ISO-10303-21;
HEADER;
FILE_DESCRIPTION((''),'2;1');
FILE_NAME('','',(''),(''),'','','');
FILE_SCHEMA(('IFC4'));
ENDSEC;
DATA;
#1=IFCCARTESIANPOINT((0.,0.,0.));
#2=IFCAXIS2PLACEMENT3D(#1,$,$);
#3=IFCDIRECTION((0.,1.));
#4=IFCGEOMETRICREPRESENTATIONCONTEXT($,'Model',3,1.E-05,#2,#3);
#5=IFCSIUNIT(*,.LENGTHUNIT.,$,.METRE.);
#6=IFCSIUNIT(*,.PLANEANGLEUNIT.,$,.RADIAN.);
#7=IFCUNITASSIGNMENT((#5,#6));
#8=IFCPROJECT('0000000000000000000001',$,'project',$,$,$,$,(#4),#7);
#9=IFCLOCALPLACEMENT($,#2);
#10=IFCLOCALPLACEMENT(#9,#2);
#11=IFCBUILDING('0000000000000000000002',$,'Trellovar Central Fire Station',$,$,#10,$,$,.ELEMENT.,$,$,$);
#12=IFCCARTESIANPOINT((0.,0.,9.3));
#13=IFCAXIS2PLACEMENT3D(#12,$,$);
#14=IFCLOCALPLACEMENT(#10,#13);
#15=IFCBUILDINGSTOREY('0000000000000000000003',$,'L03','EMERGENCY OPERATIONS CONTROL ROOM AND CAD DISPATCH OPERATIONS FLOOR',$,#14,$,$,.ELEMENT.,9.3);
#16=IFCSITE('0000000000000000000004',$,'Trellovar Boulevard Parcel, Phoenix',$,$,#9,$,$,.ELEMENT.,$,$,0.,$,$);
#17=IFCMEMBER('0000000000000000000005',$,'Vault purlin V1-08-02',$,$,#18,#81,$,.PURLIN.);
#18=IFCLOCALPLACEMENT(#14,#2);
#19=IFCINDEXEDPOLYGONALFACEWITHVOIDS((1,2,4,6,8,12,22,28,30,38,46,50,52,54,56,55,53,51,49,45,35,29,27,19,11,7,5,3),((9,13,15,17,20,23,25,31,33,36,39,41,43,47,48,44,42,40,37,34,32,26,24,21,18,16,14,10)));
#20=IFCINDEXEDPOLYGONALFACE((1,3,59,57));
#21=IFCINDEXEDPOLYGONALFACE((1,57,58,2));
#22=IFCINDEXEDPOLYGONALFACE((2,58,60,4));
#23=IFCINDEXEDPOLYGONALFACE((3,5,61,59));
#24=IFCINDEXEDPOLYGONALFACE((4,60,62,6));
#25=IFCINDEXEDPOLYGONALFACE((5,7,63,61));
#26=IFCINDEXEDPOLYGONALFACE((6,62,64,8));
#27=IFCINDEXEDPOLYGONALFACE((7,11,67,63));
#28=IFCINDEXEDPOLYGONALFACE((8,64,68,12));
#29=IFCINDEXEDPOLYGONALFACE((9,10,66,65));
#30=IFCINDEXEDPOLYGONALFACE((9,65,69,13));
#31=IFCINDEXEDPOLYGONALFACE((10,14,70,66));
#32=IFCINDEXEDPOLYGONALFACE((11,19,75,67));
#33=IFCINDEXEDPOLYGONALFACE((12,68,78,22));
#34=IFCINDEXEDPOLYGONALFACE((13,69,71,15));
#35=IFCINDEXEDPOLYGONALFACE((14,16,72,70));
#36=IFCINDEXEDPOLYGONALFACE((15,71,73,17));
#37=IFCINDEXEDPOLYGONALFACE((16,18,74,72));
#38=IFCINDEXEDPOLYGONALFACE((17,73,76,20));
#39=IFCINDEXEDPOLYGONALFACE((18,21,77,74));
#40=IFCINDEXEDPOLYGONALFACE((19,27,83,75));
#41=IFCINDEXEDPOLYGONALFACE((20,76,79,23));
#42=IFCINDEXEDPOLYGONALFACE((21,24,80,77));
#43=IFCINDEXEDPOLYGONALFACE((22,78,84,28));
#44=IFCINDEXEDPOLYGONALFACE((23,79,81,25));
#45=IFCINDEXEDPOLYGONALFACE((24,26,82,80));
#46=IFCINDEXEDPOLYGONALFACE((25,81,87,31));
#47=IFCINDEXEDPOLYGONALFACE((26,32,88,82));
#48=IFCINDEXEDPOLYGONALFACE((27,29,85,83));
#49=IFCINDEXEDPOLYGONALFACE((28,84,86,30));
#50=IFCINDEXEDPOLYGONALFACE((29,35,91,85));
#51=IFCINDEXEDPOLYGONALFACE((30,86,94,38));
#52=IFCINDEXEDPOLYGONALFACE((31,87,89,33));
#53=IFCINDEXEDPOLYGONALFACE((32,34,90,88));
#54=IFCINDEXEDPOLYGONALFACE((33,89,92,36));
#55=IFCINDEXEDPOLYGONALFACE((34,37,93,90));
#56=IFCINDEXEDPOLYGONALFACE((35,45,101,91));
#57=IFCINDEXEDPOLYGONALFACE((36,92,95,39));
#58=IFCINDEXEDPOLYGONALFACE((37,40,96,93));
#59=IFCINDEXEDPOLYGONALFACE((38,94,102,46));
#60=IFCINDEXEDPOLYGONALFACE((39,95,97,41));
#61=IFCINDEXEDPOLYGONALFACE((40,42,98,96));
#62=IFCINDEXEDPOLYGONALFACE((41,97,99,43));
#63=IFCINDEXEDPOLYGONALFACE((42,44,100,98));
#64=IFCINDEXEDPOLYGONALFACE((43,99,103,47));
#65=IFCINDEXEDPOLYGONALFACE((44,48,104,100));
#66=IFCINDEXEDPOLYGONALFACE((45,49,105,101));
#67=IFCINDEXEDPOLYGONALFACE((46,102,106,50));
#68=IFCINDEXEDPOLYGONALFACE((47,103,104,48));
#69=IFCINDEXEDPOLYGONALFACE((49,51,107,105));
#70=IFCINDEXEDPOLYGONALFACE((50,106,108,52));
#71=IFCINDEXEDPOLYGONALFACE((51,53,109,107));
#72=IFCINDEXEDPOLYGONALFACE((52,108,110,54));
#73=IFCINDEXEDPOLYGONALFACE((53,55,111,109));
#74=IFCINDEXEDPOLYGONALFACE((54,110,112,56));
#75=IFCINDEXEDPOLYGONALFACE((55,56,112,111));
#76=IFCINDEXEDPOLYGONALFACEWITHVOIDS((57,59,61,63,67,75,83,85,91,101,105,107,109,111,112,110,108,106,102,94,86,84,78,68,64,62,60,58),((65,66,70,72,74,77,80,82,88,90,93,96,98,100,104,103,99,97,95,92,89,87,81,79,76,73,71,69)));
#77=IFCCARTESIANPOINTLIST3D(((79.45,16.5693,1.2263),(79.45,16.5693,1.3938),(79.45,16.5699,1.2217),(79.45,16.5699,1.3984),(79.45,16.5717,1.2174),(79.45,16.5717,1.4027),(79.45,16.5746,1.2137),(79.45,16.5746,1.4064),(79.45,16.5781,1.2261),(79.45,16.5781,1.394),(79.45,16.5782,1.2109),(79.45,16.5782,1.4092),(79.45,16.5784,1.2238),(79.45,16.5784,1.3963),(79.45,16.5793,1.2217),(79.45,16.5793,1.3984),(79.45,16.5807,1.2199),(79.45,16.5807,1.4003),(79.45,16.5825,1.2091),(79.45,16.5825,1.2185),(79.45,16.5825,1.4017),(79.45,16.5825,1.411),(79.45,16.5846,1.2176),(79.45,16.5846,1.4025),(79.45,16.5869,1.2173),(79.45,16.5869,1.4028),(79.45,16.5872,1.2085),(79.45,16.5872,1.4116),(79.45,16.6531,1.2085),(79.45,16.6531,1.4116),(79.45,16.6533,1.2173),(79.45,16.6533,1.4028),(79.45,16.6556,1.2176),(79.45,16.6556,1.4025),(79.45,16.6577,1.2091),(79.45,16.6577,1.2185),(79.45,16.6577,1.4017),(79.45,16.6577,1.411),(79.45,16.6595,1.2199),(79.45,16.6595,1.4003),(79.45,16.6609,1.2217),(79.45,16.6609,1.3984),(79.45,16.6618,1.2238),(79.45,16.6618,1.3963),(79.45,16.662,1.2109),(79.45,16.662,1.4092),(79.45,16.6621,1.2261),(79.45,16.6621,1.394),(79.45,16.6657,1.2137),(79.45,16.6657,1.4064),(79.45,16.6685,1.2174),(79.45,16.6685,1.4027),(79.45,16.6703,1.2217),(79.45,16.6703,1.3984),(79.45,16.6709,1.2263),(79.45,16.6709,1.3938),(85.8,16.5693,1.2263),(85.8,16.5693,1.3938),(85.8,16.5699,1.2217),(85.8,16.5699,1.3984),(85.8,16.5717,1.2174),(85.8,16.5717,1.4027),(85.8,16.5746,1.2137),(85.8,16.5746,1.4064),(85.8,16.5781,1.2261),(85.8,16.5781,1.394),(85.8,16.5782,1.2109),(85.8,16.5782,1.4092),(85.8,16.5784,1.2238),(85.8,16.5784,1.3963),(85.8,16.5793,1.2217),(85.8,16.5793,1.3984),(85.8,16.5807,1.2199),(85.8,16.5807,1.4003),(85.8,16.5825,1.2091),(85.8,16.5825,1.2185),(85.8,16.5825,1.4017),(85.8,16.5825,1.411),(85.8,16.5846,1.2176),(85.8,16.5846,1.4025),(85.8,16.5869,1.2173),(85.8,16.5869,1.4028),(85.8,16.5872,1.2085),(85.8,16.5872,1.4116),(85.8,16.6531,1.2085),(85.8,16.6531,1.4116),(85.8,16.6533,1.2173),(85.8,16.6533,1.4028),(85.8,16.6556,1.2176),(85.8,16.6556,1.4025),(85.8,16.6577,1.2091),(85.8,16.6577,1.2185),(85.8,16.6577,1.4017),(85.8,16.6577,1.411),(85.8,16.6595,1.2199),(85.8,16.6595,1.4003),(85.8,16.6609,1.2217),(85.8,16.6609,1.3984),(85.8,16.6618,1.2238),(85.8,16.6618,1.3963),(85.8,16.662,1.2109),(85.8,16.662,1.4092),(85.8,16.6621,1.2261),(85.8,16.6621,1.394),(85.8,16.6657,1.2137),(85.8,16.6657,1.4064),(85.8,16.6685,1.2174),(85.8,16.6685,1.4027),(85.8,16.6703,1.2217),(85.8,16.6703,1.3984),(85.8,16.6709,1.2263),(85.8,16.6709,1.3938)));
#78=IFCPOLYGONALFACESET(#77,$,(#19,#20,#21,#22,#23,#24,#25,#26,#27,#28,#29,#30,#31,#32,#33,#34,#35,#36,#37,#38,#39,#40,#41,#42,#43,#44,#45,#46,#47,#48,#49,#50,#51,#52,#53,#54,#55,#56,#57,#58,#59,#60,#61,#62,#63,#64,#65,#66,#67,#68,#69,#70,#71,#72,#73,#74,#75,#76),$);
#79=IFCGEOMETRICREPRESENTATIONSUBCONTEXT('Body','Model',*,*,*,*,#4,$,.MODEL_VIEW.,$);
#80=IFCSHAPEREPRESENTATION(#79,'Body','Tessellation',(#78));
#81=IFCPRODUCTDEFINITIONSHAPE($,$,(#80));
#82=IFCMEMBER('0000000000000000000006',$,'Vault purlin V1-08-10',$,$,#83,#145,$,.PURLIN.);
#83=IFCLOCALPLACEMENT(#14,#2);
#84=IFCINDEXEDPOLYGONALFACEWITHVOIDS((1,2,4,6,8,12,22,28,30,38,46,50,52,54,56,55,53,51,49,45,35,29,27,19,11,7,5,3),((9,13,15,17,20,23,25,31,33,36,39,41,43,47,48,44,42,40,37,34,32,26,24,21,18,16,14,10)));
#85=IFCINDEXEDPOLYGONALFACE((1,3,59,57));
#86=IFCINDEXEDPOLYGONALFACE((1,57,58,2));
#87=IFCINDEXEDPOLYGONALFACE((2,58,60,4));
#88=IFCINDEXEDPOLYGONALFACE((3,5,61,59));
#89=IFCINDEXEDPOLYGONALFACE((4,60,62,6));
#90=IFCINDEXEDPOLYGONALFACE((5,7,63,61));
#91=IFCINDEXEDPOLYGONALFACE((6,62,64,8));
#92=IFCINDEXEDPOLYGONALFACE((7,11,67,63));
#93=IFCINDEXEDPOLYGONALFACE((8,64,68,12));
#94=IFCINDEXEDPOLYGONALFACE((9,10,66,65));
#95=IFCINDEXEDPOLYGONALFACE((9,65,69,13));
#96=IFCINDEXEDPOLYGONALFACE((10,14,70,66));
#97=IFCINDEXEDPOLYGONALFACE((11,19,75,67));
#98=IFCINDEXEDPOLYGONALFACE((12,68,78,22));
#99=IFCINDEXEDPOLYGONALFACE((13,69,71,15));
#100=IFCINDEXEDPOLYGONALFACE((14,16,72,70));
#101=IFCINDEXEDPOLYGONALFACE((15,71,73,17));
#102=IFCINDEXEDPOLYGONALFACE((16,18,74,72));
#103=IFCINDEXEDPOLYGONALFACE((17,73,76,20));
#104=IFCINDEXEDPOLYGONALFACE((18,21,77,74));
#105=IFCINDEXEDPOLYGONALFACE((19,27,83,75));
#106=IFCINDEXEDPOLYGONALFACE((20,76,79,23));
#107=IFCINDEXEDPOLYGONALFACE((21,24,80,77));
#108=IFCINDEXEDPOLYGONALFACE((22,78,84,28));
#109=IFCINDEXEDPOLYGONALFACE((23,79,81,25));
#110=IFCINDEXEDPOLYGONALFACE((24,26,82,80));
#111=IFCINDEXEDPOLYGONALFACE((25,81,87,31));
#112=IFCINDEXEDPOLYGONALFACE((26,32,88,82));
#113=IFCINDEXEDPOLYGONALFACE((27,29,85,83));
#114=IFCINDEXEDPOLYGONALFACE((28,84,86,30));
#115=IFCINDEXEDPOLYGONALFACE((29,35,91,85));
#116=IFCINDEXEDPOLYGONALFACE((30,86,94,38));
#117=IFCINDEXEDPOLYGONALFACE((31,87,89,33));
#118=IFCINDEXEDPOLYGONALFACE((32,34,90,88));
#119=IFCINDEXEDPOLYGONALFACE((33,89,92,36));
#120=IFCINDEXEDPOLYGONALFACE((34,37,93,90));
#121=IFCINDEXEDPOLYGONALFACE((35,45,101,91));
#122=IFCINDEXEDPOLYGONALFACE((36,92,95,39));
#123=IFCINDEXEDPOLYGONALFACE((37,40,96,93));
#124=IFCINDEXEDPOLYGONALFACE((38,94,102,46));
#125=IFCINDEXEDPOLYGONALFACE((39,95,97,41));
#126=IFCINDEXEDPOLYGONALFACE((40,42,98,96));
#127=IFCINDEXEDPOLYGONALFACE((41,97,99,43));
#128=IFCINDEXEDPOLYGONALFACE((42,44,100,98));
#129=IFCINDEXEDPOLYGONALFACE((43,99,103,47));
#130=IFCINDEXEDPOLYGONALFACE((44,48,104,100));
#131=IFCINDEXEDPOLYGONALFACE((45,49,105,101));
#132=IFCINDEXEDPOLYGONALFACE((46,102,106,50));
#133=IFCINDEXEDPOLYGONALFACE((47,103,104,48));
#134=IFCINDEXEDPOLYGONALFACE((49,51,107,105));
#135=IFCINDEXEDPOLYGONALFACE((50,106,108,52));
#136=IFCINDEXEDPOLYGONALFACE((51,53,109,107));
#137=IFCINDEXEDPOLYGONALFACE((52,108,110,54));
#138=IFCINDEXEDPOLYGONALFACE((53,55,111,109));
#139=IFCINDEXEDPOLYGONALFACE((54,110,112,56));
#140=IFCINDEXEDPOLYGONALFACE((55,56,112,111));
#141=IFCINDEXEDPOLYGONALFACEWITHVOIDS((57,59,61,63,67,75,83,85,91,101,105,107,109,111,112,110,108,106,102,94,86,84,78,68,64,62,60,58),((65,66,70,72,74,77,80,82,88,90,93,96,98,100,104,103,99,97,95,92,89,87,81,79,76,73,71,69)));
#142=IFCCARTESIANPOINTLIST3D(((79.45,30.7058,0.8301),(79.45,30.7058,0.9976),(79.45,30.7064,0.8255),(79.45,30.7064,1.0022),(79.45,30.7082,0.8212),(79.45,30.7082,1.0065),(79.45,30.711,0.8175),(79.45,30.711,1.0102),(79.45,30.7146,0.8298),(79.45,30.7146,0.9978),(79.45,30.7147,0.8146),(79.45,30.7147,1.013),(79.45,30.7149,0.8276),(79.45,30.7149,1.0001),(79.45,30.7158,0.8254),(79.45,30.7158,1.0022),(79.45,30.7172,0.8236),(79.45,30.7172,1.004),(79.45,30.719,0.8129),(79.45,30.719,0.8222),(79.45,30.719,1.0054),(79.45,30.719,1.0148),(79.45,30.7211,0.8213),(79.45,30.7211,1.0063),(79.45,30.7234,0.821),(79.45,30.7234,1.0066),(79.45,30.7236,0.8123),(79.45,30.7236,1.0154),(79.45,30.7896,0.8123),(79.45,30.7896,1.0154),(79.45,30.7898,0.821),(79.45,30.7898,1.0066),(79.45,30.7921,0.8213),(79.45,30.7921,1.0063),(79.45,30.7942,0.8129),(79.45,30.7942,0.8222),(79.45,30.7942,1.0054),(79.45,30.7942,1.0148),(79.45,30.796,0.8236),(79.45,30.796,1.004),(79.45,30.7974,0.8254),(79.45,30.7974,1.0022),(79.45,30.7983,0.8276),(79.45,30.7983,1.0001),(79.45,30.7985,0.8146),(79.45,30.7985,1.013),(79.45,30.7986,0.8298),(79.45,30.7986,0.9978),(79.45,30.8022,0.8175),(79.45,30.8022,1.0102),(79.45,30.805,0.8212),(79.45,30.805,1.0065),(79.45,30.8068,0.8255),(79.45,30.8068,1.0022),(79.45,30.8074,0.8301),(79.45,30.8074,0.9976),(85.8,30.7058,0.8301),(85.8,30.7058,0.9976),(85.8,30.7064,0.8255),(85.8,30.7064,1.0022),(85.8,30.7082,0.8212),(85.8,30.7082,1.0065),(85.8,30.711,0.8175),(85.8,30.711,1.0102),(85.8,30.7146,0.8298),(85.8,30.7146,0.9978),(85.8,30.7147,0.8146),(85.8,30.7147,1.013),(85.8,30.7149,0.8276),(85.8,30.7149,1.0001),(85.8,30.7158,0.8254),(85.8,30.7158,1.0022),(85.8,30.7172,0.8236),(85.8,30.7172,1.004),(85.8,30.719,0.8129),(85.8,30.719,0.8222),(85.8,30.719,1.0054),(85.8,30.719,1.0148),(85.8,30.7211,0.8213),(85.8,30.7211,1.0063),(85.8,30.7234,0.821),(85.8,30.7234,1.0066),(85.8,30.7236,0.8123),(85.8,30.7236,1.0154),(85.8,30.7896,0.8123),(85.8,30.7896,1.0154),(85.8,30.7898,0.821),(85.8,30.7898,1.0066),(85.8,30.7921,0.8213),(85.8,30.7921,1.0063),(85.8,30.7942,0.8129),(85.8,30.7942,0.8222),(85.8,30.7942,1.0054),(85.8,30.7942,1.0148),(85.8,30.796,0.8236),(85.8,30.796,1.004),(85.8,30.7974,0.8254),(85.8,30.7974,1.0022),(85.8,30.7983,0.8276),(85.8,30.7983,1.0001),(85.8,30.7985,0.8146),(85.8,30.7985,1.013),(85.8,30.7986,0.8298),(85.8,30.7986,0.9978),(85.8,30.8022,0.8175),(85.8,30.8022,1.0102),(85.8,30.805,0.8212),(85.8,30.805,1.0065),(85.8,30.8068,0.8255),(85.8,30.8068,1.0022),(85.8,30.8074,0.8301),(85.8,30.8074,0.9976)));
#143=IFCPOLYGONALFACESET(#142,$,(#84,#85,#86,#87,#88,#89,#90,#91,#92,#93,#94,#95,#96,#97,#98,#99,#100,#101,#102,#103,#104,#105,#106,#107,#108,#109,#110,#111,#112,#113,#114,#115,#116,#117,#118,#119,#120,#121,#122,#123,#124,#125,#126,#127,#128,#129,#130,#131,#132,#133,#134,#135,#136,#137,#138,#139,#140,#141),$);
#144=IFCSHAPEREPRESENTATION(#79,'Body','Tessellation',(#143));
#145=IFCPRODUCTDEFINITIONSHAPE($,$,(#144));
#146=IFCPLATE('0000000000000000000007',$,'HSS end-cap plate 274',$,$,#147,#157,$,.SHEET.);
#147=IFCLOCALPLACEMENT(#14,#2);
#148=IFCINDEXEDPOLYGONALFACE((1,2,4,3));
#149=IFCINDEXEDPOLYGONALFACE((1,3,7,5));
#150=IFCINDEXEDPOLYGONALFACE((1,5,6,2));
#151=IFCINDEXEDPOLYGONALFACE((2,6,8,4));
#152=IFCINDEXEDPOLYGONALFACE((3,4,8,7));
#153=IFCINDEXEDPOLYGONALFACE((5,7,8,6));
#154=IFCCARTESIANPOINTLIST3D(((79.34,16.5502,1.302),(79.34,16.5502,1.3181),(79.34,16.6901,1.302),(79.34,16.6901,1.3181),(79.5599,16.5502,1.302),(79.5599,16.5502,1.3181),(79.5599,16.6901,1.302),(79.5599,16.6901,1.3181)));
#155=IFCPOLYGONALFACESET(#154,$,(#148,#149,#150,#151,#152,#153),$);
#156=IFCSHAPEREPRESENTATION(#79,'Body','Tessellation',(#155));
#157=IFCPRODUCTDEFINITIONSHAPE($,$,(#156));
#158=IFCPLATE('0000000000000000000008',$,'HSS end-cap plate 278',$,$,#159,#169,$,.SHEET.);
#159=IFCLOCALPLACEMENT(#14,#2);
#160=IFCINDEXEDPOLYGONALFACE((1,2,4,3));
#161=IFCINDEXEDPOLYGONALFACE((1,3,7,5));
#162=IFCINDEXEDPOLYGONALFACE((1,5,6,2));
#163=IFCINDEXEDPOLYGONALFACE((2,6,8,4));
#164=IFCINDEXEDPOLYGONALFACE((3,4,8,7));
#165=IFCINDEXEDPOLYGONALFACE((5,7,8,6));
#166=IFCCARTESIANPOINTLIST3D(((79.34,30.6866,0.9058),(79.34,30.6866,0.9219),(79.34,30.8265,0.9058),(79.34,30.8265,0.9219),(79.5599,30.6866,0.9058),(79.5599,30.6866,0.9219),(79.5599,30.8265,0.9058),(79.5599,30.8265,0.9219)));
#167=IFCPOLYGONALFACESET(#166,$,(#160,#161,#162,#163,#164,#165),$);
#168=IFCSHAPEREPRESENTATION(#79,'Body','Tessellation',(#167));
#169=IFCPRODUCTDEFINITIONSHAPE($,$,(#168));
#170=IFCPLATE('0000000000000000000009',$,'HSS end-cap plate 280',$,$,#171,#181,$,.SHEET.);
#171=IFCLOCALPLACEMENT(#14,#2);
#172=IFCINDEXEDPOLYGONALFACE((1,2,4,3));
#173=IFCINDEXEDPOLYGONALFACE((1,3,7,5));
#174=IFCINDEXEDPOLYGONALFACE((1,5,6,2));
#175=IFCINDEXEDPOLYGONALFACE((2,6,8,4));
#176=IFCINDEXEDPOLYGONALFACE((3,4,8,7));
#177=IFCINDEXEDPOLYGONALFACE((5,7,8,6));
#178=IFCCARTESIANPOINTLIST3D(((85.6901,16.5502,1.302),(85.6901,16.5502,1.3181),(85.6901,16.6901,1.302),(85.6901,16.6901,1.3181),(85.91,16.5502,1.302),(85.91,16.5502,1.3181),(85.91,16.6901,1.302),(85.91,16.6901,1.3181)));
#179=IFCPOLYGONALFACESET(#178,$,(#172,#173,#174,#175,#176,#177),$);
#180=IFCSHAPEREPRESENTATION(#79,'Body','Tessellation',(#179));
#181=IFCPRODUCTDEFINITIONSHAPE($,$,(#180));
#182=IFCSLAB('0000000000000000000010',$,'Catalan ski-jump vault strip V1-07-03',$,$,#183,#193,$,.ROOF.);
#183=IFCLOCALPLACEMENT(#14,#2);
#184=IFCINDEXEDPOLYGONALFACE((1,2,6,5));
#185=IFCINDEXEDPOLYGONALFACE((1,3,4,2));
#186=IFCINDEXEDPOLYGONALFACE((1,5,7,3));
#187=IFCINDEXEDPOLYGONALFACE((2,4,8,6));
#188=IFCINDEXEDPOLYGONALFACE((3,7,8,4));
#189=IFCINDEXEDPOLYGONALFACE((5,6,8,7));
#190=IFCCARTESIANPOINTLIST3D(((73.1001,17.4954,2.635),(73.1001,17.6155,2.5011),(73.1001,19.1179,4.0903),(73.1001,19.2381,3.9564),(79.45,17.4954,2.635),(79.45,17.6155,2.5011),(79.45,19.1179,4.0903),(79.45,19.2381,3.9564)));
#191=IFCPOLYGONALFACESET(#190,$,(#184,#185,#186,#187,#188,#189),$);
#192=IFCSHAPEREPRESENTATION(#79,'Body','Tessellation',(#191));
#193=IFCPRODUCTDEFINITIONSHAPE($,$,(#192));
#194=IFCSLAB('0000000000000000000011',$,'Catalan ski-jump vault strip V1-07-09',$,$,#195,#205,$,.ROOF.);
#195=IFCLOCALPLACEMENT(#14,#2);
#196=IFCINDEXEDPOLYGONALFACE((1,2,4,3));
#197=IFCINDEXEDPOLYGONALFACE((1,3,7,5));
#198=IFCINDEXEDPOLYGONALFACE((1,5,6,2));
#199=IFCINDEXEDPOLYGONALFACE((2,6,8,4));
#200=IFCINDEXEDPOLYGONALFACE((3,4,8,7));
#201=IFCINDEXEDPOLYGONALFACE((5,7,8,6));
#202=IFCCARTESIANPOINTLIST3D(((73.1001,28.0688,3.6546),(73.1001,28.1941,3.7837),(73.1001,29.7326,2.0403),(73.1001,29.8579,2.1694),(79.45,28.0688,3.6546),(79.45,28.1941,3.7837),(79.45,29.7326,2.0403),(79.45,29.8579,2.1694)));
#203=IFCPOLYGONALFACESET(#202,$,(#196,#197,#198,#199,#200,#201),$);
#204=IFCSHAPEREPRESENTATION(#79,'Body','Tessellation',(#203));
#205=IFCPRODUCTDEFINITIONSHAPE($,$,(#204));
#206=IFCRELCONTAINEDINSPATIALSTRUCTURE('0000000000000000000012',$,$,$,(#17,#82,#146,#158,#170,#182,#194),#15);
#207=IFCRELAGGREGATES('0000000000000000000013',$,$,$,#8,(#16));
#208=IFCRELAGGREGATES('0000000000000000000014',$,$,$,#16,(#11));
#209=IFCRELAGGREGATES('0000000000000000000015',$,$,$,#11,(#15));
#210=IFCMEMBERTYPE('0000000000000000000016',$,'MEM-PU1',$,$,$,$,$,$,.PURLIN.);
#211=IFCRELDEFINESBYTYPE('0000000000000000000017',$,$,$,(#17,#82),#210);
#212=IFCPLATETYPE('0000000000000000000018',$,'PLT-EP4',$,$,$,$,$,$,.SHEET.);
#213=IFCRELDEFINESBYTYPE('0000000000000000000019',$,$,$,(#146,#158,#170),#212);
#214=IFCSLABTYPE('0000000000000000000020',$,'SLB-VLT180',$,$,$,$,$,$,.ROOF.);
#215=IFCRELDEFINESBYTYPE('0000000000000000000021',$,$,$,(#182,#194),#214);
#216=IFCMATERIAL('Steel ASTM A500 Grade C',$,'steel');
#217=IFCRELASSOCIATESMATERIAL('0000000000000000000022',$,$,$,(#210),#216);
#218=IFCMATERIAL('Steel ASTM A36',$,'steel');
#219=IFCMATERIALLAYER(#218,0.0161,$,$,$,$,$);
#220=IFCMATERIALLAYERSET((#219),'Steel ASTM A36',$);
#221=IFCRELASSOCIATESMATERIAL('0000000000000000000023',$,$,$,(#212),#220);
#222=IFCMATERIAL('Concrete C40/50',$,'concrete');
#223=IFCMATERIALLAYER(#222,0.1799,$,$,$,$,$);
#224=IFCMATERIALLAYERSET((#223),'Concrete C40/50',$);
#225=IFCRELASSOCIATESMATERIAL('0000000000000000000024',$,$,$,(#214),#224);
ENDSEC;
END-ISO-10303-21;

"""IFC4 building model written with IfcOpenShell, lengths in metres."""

from ifc_helpers import new_model, si_unit, direction, frame, origin, origin_2d, place, context, subcontext, project, spatial, polyline, rectangle, hollow_rectangle, outline, extrude, material, layer, layer_set, material_profile, profile_set, type_object, element, save


model = new_model("IFC4")

# Units and contexts
model_context = context("Model", 3, precision=1e-05, world=origin(), true_north=direction((0.0, 1.0)))
body_context = subcontext(model_context, "Body", "Model", "MODEL_VIEW")
ifc_project = project(units=[si_unit("LENGTHUNIT", "METRE"), si_unit("PLANEANGLEUNIT", "RADIAN")], contexts=[model_context])

# Site, building, storey
site_placement = place(None, origin())
site = spatial("IfcSite", under=ifc_project, at=site_placement, Name="Trellovar Boulevard Parcel, Phoenix", CompositionType="ELEMENT", RefElevation=0.0)
building_placement = place(site_placement, origin())
building = spatial("IfcBuilding", under=site, at=building_placement, Name="Trellovar Central Fire Station", CompositionType="ELEMENT")
storey_placement = place(building_placement, frame((0.0, 0.0, 9.3)))
storey = spatial("IfcBuildingStorey", under=building, at=storey_placement, Name="L03", Description="EMERGENCY OPERATIONS CONTROL ROOM AND CAD DISPATCH OPERATIONS FLOOR", CompositionType="ELEMENT", Elevation=9.3)

# Members
ifc_material_1 = material(Name="Steel ASTM A500 Grade C", Category="steel")
ifc_material_profile_1 = material_profile(ifc_material_1, hollow_rectangle(XDim=0.1016, YDim=0.2031, WallThickness=0.0088, InnerFilletRadius=0.0088, OuterFilletRadius=0.0178, at=origin_2d()), Name="HSS8X4X3/8")
ifc_profile_set_1 = profile_set([ifc_material_profile_1], Name="Steel ASTM A500 Grade C")
member_type_1 = type_object("IfcMemberType", Name="MEM-PU1", PredefinedType="PURLIN", material=ifc_profile_set_1)
for number, where, z_axis, x_axis, name in (
    (1, (79.45, 16.6201, 1.3101), (1.0, 0.0, 0.0), (0.0, 1.0, 0.0), "Vault purlin V1-08-02"),
    (2, (79.45, 30.7566, 0.9138), (1.0, 0.0, 0.0), (0.0, 1.0, 0.0), "Vault purlin V1-08-10"),
):
    element("IfcMember", number, at=place(storey_placement, frame(where, z_axis=z_axis, x_axis=x_axis)), inside=storey, type_object=member_type_1, Name=name, PredefinedType="PURLIN", context=body_context, shape_type="SweptSolid", body=[
        extrude(hollow_rectangle(XDim=0.1016, YDim=0.2031, WallThickness=0.0088, InnerFilletRadius=0.0088, OuterFilletRadius=0.0178, at=origin_2d()), origin(), (0.0, 0.0, 1.0), 6.3501),
    ])

# Plates
ifc_material_2 = material(Name="Steel ASTM A36", Category="steel")
ifc_layer_1 = layer(ifc_material_2, 0.0161)
ifc_layer_set_1 = layer_set([ifc_layer_1], Name="Steel ASTM A36")
plate_type = type_object("IfcPlateType", Name="PLT-EP4", PredefinedType="SHEET", material=ifc_layer_set_1)
for number, where, z_axis, x_axis, name in (
    (3, (79.45, 16.6201, 1.302), (0.0, 0.0, 1.0), (1.0, 0.0, 0.0), "HSS end-cap plate 274"),
    (4, (79.45, 30.7566, 0.9058), (0.0, 0.0, 1.0), (1.0, 0.0, 0.0), "HSS end-cap plate 278"),
    (5, (85.8, 16.6201, 1.302), (0.0, 0.0, 1.0), (1.0, 0.0, 0.0), "HSS end-cap plate 280"),
):
    element("IfcPlate", number, at=place(storey_placement, frame(where, z_axis=z_axis, x_axis=x_axis)), inside=storey, type_object=plate_type, Name=name, PredefinedType="SHEET", context=body_context, shape_type="SweptSolid", body=[
        extrude(rectangle(XDim=0.22, YDim=0.1399, at=origin_2d()), origin(), (0.0, 0.0, 1.0), 0.0161),
    ])

# Slabs
ifc_material_3 = material(Name="Concrete C40/50", Category="concrete")
ifc_layer_2 = layer(ifc_material_3, 0.1799)
ifc_layer_set_2 = layer_set([ifc_layer_2], Name="Concrete C40/50")
slab_type = type_object("IfcSlabType", Name="SLB-VLT180", PredefinedType="ROOF", material=ifc_layer_set_2)
slab_1_placement = place(storey_placement, frame((73.1001, 17.4954, 2.635), z_axis=(0.0, -0.667701, 0.744429), x_axis=(1.0, 0.0, 0.0)))
element("IfcSlab", 6, at=slab_1_placement, inside=storey, type_object=slab_type, Name="Catalan ski-jump vault strip V1-07-03", PredefinedType="ROOF", context=body_context, shape_type="SweptSolid", body=[
    extrude(outline(polyline([(0.0, 0.0), (6.3499, 0.0), (6.3499, 2.1796), (0.0, 2.1796), (0.0, 0.0)])), origin(), (0.0, 0.0, -1.0), 0.1799),
])
slab_2_placement = place(storey_placement, frame((73.1001, 28.1941, 3.7837), z_axis=(0.0, 0.696337, 0.717715), x_axis=(1.0, 0.0, 0.0)))
element("IfcSlab", 7, at=slab_2_placement, inside=storey, type_object=slab_type, Name="Catalan ski-jump vault strip V1-07-09", PredefinedType="ROOF", context=body_context, shape_type="SweptSolid", body=[
    extrude(outline(polyline([(0.0, 0.0), (6.3499, 0.0), (6.3499, 2.3182), (0.0, 2.3182), (0.0, 0.0)])), origin(), (0.0, 0.0, -1.0), 0.1799),
])

save(model, "model.ifc")
